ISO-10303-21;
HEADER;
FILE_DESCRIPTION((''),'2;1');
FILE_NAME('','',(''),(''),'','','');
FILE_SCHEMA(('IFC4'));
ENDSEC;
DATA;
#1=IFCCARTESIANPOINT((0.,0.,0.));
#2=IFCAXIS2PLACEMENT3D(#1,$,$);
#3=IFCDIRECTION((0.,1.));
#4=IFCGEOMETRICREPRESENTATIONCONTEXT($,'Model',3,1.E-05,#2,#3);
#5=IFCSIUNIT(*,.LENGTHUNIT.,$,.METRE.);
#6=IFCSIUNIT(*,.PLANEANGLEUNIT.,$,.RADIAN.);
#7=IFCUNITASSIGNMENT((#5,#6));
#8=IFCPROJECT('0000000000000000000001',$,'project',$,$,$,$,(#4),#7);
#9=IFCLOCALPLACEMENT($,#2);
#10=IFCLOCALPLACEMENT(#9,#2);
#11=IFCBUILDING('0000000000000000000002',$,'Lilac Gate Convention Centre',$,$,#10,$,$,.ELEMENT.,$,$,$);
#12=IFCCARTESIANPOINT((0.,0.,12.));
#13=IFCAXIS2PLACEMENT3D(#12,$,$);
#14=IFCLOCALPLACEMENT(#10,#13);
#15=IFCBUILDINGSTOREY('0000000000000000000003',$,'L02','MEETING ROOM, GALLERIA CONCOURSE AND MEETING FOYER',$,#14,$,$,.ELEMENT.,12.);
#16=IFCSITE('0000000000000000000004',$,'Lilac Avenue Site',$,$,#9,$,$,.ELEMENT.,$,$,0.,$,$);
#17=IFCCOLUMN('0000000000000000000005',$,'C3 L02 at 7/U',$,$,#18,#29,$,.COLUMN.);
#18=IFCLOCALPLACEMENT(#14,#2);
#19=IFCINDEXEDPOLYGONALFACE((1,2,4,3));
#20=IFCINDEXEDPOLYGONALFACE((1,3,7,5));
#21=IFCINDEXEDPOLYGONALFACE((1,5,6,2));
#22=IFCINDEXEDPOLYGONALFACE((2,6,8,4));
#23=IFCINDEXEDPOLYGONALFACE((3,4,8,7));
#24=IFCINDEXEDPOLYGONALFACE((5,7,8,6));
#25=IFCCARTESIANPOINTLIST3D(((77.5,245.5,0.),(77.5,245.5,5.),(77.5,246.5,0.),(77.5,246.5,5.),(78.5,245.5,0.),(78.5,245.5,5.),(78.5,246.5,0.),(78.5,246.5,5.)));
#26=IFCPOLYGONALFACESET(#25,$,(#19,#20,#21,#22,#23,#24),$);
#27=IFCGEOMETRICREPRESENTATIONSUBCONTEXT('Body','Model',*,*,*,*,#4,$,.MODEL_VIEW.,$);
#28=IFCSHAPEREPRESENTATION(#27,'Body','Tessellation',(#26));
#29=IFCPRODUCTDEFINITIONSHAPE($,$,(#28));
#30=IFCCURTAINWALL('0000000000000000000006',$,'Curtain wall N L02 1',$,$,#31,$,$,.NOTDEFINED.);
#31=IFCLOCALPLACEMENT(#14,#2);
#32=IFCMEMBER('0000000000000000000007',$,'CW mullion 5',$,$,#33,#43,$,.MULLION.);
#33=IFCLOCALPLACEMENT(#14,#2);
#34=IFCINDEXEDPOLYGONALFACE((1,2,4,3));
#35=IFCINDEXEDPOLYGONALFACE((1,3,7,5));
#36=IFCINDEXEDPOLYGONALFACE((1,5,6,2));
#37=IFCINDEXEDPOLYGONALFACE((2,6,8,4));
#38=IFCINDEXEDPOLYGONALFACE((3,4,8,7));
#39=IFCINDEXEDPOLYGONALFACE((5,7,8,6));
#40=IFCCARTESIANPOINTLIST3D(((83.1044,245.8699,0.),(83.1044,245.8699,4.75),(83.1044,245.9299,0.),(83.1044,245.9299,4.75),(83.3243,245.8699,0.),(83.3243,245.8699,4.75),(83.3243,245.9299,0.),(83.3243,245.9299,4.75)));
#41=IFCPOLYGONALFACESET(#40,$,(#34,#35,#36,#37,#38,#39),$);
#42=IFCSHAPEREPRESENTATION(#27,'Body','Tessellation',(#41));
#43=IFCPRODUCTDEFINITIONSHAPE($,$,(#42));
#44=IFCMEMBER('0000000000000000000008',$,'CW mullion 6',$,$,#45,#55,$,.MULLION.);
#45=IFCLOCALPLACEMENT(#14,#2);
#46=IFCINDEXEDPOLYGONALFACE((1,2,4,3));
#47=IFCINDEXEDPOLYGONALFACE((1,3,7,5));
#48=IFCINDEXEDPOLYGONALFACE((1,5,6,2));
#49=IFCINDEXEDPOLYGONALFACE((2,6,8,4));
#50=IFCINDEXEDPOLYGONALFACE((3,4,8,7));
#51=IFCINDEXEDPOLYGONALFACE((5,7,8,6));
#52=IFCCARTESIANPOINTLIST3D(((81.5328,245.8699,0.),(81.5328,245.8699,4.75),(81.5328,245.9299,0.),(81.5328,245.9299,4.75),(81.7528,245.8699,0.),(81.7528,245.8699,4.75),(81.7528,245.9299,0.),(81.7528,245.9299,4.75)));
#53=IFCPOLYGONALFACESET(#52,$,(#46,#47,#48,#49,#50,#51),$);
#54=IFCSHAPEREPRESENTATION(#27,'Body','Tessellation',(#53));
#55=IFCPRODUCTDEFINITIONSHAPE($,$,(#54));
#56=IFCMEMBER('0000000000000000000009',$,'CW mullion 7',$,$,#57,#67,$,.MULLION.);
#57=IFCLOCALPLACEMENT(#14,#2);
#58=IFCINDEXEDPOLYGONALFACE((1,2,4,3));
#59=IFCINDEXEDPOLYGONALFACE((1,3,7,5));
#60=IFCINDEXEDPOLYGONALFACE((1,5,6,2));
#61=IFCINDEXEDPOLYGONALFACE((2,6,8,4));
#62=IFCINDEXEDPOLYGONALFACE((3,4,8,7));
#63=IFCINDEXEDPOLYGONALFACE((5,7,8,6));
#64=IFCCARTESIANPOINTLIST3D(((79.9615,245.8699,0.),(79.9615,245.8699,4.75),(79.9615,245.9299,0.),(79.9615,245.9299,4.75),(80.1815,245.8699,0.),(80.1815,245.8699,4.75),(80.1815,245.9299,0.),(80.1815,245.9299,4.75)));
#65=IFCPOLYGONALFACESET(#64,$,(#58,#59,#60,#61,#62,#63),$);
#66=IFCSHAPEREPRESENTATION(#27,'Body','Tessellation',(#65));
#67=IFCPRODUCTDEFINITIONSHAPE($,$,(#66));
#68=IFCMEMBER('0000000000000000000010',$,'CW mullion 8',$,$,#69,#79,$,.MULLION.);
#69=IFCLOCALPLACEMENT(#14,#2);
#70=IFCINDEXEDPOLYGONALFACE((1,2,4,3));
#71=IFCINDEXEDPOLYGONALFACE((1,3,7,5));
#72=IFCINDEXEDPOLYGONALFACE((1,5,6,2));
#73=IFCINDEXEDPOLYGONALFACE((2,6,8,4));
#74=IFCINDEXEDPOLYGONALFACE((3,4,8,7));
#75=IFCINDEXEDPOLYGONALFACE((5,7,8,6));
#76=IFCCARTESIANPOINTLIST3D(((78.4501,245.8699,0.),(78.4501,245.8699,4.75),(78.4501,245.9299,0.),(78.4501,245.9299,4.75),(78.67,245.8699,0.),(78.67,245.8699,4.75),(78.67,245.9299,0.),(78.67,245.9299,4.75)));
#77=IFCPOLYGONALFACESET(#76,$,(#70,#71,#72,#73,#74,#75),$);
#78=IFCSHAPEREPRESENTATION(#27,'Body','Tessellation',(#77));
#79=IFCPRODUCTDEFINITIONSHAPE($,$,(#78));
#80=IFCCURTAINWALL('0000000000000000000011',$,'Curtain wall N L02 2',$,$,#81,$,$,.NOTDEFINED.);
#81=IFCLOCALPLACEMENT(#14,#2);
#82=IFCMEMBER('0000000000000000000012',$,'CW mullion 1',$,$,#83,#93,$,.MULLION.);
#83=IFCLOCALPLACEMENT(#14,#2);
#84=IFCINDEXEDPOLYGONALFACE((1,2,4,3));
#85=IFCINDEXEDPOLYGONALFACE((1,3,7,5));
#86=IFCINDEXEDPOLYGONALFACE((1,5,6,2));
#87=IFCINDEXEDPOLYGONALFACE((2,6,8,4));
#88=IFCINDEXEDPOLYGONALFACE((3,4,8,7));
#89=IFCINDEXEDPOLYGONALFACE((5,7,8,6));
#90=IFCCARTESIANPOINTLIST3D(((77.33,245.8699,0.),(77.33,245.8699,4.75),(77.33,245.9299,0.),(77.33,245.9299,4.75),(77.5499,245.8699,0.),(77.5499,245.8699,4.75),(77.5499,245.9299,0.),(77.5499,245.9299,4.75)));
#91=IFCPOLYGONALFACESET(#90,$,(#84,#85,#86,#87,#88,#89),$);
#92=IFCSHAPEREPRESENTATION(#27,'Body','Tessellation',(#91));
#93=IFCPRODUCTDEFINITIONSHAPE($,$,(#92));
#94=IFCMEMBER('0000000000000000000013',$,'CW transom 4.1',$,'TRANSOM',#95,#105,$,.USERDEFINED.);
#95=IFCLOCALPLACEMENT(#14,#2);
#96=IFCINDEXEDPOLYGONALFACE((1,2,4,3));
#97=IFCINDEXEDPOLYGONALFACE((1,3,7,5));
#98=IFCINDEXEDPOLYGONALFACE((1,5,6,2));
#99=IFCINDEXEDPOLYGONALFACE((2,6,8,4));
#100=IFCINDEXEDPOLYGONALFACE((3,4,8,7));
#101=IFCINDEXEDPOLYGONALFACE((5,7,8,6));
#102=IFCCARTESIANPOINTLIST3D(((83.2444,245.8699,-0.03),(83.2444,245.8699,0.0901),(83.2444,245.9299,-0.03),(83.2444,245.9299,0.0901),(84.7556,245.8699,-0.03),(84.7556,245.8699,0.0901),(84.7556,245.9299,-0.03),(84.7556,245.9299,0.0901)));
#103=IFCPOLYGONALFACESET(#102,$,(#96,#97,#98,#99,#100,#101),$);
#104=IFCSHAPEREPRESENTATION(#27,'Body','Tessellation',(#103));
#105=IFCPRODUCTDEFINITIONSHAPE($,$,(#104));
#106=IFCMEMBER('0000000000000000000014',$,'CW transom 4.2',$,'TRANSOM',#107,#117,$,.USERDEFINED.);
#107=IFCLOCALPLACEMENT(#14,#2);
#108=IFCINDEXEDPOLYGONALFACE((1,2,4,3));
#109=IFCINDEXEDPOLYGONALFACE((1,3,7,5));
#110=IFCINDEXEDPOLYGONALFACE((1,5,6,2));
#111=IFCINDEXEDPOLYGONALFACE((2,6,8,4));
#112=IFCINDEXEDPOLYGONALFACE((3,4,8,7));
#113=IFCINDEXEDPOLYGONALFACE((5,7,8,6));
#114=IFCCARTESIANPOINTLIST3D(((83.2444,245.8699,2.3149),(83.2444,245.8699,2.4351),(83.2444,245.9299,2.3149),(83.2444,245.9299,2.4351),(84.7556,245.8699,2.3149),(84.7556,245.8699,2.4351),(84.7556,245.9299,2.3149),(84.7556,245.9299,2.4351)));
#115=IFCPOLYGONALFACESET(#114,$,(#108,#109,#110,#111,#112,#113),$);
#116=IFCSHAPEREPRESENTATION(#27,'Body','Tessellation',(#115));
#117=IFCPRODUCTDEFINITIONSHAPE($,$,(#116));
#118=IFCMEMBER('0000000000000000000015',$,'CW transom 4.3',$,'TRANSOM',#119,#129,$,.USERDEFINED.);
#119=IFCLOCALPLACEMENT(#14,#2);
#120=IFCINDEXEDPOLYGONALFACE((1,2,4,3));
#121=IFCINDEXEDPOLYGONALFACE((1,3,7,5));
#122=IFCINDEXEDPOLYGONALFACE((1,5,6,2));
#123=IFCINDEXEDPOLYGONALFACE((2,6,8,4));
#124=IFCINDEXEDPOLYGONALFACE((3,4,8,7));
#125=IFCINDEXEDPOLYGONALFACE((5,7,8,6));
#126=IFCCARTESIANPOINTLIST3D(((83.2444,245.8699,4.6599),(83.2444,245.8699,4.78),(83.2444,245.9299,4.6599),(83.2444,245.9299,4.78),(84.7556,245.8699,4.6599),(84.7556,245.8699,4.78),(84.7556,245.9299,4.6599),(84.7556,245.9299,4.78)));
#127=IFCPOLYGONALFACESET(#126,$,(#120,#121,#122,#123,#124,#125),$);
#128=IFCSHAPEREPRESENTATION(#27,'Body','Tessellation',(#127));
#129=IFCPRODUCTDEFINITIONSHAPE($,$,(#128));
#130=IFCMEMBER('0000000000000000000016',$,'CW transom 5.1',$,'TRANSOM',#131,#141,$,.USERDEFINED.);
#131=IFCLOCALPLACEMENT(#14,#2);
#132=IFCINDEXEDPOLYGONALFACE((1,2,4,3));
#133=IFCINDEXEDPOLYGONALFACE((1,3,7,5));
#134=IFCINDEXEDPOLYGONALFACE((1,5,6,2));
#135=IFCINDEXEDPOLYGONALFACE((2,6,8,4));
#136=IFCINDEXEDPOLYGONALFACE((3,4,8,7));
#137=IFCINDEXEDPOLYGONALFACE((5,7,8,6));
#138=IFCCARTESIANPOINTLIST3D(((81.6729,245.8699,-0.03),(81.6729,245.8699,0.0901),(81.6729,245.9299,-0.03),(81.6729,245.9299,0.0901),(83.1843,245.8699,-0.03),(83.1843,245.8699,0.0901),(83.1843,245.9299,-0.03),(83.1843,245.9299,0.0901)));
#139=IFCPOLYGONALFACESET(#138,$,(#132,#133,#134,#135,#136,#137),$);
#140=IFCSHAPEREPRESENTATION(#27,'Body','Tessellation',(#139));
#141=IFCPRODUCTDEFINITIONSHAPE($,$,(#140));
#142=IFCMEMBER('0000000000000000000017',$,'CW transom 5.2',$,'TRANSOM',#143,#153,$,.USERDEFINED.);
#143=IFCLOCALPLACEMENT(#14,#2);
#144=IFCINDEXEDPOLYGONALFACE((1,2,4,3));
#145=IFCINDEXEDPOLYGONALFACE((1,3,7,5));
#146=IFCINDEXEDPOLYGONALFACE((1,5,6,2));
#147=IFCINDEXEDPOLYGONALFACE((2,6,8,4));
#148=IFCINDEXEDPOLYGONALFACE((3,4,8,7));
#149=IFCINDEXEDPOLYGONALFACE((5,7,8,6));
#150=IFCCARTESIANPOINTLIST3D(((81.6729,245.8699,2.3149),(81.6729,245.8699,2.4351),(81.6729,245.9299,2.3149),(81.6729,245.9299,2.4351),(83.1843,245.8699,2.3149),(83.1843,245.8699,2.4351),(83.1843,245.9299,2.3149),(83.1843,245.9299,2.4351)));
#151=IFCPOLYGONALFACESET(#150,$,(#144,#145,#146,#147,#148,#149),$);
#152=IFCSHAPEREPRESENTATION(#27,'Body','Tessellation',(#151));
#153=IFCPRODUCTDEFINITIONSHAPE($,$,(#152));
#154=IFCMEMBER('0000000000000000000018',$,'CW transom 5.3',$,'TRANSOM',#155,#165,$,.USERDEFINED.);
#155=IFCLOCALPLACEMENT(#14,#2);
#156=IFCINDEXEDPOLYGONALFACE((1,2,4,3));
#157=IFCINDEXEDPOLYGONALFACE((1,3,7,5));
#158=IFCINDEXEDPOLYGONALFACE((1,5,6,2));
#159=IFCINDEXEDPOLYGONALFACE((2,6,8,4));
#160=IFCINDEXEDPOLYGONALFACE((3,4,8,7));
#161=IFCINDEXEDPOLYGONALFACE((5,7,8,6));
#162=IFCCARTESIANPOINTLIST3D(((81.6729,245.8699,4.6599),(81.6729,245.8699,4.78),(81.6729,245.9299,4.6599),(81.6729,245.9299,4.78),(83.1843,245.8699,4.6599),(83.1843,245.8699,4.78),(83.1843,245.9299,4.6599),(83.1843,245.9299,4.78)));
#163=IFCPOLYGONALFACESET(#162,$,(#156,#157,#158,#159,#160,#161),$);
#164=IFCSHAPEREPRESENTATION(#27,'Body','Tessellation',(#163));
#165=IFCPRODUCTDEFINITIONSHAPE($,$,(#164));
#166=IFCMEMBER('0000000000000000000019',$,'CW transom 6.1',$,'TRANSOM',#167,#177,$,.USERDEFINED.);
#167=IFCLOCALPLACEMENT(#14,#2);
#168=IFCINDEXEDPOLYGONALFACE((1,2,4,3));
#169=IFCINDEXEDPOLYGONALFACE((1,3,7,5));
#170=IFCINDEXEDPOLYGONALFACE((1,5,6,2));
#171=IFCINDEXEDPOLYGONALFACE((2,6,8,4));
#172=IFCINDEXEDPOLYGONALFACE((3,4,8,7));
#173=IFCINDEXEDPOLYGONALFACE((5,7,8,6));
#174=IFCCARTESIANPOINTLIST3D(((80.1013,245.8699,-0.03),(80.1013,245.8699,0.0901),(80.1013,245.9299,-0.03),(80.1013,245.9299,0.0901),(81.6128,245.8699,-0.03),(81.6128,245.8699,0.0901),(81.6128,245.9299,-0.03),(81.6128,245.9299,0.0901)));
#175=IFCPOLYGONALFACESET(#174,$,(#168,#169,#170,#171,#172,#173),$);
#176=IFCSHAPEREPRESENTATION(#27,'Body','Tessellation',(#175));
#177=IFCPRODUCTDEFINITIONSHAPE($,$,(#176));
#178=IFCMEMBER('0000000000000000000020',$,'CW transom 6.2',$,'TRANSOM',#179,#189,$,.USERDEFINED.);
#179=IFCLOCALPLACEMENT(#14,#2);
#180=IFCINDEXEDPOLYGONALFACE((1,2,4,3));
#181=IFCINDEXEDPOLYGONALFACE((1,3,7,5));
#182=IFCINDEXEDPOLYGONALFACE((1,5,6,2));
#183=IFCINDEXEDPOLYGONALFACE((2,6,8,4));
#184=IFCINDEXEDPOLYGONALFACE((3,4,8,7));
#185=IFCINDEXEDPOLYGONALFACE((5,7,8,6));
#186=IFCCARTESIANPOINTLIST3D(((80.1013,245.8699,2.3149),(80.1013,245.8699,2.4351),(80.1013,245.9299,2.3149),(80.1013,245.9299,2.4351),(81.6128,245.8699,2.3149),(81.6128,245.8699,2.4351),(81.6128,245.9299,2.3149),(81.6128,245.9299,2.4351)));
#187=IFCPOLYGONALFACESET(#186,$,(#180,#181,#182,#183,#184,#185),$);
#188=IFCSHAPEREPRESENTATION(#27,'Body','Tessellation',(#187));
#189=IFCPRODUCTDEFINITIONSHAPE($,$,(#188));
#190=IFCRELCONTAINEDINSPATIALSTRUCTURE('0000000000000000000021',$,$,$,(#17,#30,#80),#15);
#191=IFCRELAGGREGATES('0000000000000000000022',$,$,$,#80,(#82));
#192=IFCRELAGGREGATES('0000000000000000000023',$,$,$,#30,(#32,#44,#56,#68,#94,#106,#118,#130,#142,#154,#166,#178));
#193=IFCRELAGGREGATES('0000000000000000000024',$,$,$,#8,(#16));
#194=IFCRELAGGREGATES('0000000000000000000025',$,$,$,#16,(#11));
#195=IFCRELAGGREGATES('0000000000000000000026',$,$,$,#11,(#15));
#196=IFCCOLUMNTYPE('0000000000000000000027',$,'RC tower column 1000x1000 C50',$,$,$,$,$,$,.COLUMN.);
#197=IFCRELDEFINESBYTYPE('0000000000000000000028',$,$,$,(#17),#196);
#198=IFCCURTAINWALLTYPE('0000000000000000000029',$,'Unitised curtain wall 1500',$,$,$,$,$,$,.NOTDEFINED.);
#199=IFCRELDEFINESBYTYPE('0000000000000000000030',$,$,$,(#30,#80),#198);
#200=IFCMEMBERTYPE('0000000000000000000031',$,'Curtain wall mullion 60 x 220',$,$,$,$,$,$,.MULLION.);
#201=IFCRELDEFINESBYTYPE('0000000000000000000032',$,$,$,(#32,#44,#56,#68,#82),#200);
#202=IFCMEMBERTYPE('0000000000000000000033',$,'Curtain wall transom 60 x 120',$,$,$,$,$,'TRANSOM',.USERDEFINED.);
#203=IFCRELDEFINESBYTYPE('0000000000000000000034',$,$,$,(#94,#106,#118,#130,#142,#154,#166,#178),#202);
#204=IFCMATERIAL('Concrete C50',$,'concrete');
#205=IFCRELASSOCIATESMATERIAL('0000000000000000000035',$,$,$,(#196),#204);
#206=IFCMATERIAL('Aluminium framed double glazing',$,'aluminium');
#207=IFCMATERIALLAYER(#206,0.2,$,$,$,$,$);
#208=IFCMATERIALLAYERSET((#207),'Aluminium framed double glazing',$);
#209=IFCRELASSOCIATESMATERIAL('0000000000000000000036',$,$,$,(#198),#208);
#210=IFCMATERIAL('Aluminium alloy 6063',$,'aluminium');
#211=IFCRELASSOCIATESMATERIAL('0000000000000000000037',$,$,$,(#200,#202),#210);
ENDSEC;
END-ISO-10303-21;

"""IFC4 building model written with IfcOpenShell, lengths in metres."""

from ifc_helpers import new_model, si_unit, direction, frame, origin, origin_2d, place, context, subcontext, project, spatial, rectangle, extrude, material, layer, layer_set, material_profile, profile_set, type_object, element, aggregate, save


model = new_model("IFC4")

# Units and contexts
model_context = context("Model", 3, precision=1e-05, world=origin(), true_north=direction((0.0, 1.0)))
body_context = subcontext(model_context, "Body", "Model", "MODEL_VIEW")
ifc_project = project(units=[si_unit("LENGTHUNIT", "METRE"), si_unit("PLANEANGLEUNIT", "RADIAN")], contexts=[model_context])

# Site, building, storey
site_placement = place(None, origin())
site = spatial("IfcSite", under=ifc_project, at=site_placement, Name="Lilac Avenue Site", CompositionType="ELEMENT", RefElevation=0.0)
building_placement = place(site_placement, origin())
building = spatial("IfcBuilding", under=site, at=building_placement, Name="Lilac Gate Convention Centre", CompositionType="ELEMENT")
storey_placement = place(building_placement, frame((0.0, 0.0, 12.0)))
storey = spatial("IfcBuildingStorey", under=building, at=storey_placement, Name="L02", Description="MEETING ROOM, GALLERIA CONCOURSE AND MEETING FOYER", CompositionType="ELEMENT", Elevation=12.0)

# Column
ifc_material_1 = material(Name="Concrete C50", Category="concrete")
ifc_material_profile_1 = material_profile(ifc_material_1, rectangle(XDim=1.0, YDim=1.0, at=origin_2d()), Name="RC 1000x1000")
ifc_profile_set_1 = profile_set([ifc_material_profile_1], Name="Concrete C50")
column_type = type_object("IfcColumnType", Name="RC tower column 1000x1000 C50", PredefinedType="COLUMN", material=ifc_profile_set_1)
column_placement = place(storey_placement, frame((78.0, 246.0, 0.0), z_axis=(0.0, 0.0, 1.0), x_axis=(1.0, 0.0, 0.0)))
element("IfcColumn", 1, at=column_placement, inside=storey, type_object=column_type, Name="C3 L02 at 7/U", PredefinedType="COLUMN", context=body_context, shape_type="SweptSolid", body=[
    extrude(rectangle(XDim=1.0, YDim=1.0, at=origin_2d()), origin(), (0.0, 0.0, 1.0), 5.0),
])

# Curtain wall, members
ifc_material_2 = material(Name="Aluminium framed double glazing", Category="aluminium")
ifc_layer_1 = layer(ifc_material_2, 0.2)
ifc_layer_set_1 = layer_set([ifc_layer_1], Name="Aluminium framed double glazing")
curtain_wall_type = type_object("IfcCurtainWallType", Name="Unitised curtain wall 1500", PredefinedType="NOTDEFINED", material=ifc_layer_set_1)
curtain_wall_1_placement = place(storey_placement, origin())
curtain_wall_1 = element("IfcCurtainWall", 2, at=curtain_wall_1_placement, inside=storey, type_object=curtain_wall_type, Name="Curtain wall N L02 1", PredefinedType="NOTDEFINED")
ifc_material_3 = material(Name="Aluminium alloy 6063", Category="aluminium")
ifc_material_profile_2 = material_profile(ifc_material_3, rectangle(XDim=0.0601, YDim=0.22, at=origin_2d()), Name="Curtain wall mullion 60 x 220")
ifc_profile_set_2 = profile_set([ifc_material_profile_2], Name="Aluminium alloy 6063")
member_type_1 = type_object("IfcMemberType", Name="Curtain wall mullion 60 x 220", PredefinedType="MULLION", material=ifc_profile_set_2)
member_1_placement = place(storey_placement, frame((83.2144, 245.8999, 0.0), z_axis=(0.0, 0.0, 1.0), x_axis=(0.0, -1.0, 0.0)))
member_1 = element("IfcMember", 3, at=member_1_placement, type_object=member_type_1, Name="CW mullion 5", PredefinedType="MULLION", context=body_context, shape_type="SweptSolid", body=[
    extrude(rectangle(XDim=0.0601, YDim=0.22, at=origin_2d()), origin(), (0.0, 0.0, 1.0), 4.75),
])
member_2_placement = place(storey_placement, frame((81.6428, 245.8999, 0.0), z_axis=(0.0, 0.0, 1.0), x_axis=(0.0, -1.0, 0.0)))
member_2 = element("IfcMember", 4, at=member_2_placement, type_object=member_type_1, Name="CW mullion 6", PredefinedType="MULLION", context=body_context, shape_type="SweptSolid", body=[
    extrude(rectangle(XDim=0.0601, YDim=0.22, at=origin_2d()), origin(), (0.0, 0.0, 1.0), 4.75),
])
member_3_placement = place(storey_placement, frame((80.0715, 245.8999, 0.0), z_axis=(0.0, 0.0, 1.0), x_axis=(0.0, -1.0, 0.0)))
member_3 = element("IfcMember", 5, at=member_3_placement, type_object=member_type_1, Name="CW mullion 7", PredefinedType="MULLION", context=body_context, shape_type="SweptSolid", body=[
    extrude(rectangle(XDim=0.0601, YDim=0.22, at=origin_2d()), origin(), (0.0, 0.0, 1.0), 4.75),
])
member_4_placement = place(storey_placement, frame((78.5601, 245.8999, 0.0), z_axis=(0.0, 0.0, 1.0), x_axis=(0.0, -1.0, 0.0)))
member_4 = element("IfcMember", 6, at=member_4_placement, type_object=member_type_1, Name="CW mullion 8", PredefinedType="MULLION", context=body_context, shape_type="SweptSolid", body=[
    extrude(rectangle(XDim=0.0601, YDim=0.22, at=origin_2d()), origin(), (0.0, 0.0, 1.0), 4.75),
])

# Curtain wall, member
curtain_wall_2_placement = place(storey_placement, origin())
curtain_wall_2 = element("IfcCurtainWall", 7, at=curtain_wall_2_placement, inside=storey, type_object=curtain_wall_type, Name="Curtain wall N L02 2", PredefinedType="NOTDEFINED")
member_5_placement = place(storey_placement, frame((77.4399, 245.8999, 0.0), z_axis=(0.0, 0.0, 1.0), x_axis=(0.0, -1.0, 0.0)))
member_5 = element("IfcMember", 8, at=member_5_placement, type_object=member_type_1, Name="CW mullion 1", PredefinedType="MULLION", context=body_context, shape_type="SweptSolid", body=[
    extrude(rectangle(XDim=0.0601, YDim=0.22, at=origin_2d()), origin(), (0.0, 0.0, 1.0), 4.75),
])

# Members
ifc_material_profile_3 = material_profile(ifc_material_3, rectangle(XDim=0.0601, YDim=0.1201, at=origin_2d()), Name="Curtain wall transom 60 x 120")
ifc_profile_set_3 = profile_set([ifc_material_profile_3], Name="Aluminium alloy 6063")
member_type_2 = type_object("IfcMemberType", Name="Curtain wall transom 60 x 120", ElementType="TRANSOM", PredefinedType="USERDEFINED", material=ifc_profile_set_3)
member_6_placement = place(storey_placement, frame((84.7556, 245.8999, 0.03), z_axis=(-1.0, 0.0, 0.0), x_axis=(0.0, -1.0, 0.0)))
member_6 = element("IfcMember", 9, at=member_6_placement, type_object=member_type_2, Name="CW transom 4.1", ObjectType="TRANSOM", PredefinedType="USERDEFINED", context=body_context, shape_type="SweptSolid", body=[
    extrude(rectangle(XDim=0.0601, YDim=0.1201, at=origin_2d()), origin(), (0.0, 0.0, 1.0), 1.5112),
])
member_7_placement = place(storey_placement, frame((84.7556, 245.8999, 2.375), z_axis=(-1.0, 0.0, 0.0), x_axis=(0.0, -1.0, 0.0)))
member_7 = element("IfcMember", 10, at=member_7_placement, type_object=member_type_2, Name="CW transom 4.2", ObjectType="TRANSOM", PredefinedType="USERDEFINED", context=body_context, shape_type="SweptSolid", body=[
    extrude(rectangle(XDim=0.0601, YDim=0.1201, at=origin_2d()), origin(), (0.0, 0.0, 1.0), 1.5112),
])
member_8_placement = place(storey_placement, frame((84.7556, 245.8999, 4.72), z_axis=(-1.0, 0.0, 0.0), x_axis=(0.0, -1.0, 0.0)))
member_8 = element("IfcMember", 11, at=member_8_placement, type_object=member_type_2, Name="CW transom 4.3", ObjectType="TRANSOM", PredefinedType="USERDEFINED", context=body_context, shape_type="SweptSolid", body=[
    extrude(rectangle(XDim=0.0601, YDim=0.1201, at=origin_2d()), origin(), (0.0, 0.0, 1.0), 1.5112),
])
member_9_placement = place(storey_placement, frame((83.1843, 245.8999, 0.03), z_axis=(-1.0, 0.0, 0.0), x_axis=(0.0, -1.0, 0.0)))
member_9 = element("IfcMember", 12, at=member_9_placement, type_object=member_type_2, Name="CW transom 5.1", ObjectType="TRANSOM", PredefinedType="USERDEFINED", context=body_context, shape_type="SweptSolid", body=[
    extrude(rectangle(XDim=0.0601, YDim=0.1201, at=origin_2d()), origin(), (0.0, 0.0, 1.0), 1.5115),
])
member_10_placement = place(storey_placement, frame((83.1843, 245.8999, 2.375), z_axis=(-1.0, 0.0, 0.0), x_axis=(0.0, -1.0, 0.0)))
member_10 = element("IfcMember", 13, at=member_10_placement, type_object=member_type_2, Name="CW transom 5.2", ObjectType="TRANSOM", PredefinedType="USERDEFINED", context=body_context, shape_type="SweptSolid", body=[
    extrude(rectangle(XDim=0.0601, YDim=0.1201, at=origin_2d()), origin(), (0.0, 0.0, 1.0), 1.5115),
])
member_11_placement = place(storey_placement, frame((83.1843, 245.8999, 4.72), z_axis=(-1.0, 0.0, 0.0), x_axis=(0.0, -1.0, 0.0)))
member_11 = element("IfcMember", 14, at=member_11_placement, type_object=member_type_2, Name="CW transom 5.3", ObjectType="TRANSOM", PredefinedType="USERDEFINED", context=body_context, shape_type="SweptSolid", body=[
    extrude(rectangle(XDim=0.0601, YDim=0.1201, at=origin_2d()), origin(), (0.0, 0.0, 1.0), 1.5115),
])
member_12_placement = place(storey_placement, frame((81.6128, 245.8999, 0.03), z_axis=(-1.0, 0.0, 0.0), x_axis=(0.0, -1.0, 0.0)))
member_12 = element("IfcMember", 15, at=member_12_placement, type_object=member_type_2, Name="CW transom 6.1", ObjectType="TRANSOM", PredefinedType="USERDEFINED", context=body_context, shape_type="SweptSolid", body=[
    extrude(rectangle(XDim=0.0601, YDim=0.1201, at=origin_2d()), origin(), (0.0, 0.0, 1.0), 1.5115),
])
member_13_placement = place(storey_placement, frame((81.6128, 245.8999, 2.375), z_axis=(-1.0, 0.0, 0.0), x_axis=(0.0, -1.0, 0.0)))
member_13 = element("IfcMember", 16, at=member_13_placement, type_object=member_type_2, Name="CW transom 6.2", ObjectType="TRANSOM", PredefinedType="USERDEFINED", context=body_context, shape_type="SweptSolid", body=[
    extrude(rectangle(XDim=0.0601, YDim=0.1201, at=origin_2d()), origin(), (0.0, 0.0, 1.0), 1.5115),
])

aggregate(curtain_wall_2, [member_5])
aggregate(curtain_wall_1, [member_1, member_2, member_3, member_4, member_6, member_7, member_8, member_9, member_10, member_11, member_12, member_13])

save(model, "model.ifc")
